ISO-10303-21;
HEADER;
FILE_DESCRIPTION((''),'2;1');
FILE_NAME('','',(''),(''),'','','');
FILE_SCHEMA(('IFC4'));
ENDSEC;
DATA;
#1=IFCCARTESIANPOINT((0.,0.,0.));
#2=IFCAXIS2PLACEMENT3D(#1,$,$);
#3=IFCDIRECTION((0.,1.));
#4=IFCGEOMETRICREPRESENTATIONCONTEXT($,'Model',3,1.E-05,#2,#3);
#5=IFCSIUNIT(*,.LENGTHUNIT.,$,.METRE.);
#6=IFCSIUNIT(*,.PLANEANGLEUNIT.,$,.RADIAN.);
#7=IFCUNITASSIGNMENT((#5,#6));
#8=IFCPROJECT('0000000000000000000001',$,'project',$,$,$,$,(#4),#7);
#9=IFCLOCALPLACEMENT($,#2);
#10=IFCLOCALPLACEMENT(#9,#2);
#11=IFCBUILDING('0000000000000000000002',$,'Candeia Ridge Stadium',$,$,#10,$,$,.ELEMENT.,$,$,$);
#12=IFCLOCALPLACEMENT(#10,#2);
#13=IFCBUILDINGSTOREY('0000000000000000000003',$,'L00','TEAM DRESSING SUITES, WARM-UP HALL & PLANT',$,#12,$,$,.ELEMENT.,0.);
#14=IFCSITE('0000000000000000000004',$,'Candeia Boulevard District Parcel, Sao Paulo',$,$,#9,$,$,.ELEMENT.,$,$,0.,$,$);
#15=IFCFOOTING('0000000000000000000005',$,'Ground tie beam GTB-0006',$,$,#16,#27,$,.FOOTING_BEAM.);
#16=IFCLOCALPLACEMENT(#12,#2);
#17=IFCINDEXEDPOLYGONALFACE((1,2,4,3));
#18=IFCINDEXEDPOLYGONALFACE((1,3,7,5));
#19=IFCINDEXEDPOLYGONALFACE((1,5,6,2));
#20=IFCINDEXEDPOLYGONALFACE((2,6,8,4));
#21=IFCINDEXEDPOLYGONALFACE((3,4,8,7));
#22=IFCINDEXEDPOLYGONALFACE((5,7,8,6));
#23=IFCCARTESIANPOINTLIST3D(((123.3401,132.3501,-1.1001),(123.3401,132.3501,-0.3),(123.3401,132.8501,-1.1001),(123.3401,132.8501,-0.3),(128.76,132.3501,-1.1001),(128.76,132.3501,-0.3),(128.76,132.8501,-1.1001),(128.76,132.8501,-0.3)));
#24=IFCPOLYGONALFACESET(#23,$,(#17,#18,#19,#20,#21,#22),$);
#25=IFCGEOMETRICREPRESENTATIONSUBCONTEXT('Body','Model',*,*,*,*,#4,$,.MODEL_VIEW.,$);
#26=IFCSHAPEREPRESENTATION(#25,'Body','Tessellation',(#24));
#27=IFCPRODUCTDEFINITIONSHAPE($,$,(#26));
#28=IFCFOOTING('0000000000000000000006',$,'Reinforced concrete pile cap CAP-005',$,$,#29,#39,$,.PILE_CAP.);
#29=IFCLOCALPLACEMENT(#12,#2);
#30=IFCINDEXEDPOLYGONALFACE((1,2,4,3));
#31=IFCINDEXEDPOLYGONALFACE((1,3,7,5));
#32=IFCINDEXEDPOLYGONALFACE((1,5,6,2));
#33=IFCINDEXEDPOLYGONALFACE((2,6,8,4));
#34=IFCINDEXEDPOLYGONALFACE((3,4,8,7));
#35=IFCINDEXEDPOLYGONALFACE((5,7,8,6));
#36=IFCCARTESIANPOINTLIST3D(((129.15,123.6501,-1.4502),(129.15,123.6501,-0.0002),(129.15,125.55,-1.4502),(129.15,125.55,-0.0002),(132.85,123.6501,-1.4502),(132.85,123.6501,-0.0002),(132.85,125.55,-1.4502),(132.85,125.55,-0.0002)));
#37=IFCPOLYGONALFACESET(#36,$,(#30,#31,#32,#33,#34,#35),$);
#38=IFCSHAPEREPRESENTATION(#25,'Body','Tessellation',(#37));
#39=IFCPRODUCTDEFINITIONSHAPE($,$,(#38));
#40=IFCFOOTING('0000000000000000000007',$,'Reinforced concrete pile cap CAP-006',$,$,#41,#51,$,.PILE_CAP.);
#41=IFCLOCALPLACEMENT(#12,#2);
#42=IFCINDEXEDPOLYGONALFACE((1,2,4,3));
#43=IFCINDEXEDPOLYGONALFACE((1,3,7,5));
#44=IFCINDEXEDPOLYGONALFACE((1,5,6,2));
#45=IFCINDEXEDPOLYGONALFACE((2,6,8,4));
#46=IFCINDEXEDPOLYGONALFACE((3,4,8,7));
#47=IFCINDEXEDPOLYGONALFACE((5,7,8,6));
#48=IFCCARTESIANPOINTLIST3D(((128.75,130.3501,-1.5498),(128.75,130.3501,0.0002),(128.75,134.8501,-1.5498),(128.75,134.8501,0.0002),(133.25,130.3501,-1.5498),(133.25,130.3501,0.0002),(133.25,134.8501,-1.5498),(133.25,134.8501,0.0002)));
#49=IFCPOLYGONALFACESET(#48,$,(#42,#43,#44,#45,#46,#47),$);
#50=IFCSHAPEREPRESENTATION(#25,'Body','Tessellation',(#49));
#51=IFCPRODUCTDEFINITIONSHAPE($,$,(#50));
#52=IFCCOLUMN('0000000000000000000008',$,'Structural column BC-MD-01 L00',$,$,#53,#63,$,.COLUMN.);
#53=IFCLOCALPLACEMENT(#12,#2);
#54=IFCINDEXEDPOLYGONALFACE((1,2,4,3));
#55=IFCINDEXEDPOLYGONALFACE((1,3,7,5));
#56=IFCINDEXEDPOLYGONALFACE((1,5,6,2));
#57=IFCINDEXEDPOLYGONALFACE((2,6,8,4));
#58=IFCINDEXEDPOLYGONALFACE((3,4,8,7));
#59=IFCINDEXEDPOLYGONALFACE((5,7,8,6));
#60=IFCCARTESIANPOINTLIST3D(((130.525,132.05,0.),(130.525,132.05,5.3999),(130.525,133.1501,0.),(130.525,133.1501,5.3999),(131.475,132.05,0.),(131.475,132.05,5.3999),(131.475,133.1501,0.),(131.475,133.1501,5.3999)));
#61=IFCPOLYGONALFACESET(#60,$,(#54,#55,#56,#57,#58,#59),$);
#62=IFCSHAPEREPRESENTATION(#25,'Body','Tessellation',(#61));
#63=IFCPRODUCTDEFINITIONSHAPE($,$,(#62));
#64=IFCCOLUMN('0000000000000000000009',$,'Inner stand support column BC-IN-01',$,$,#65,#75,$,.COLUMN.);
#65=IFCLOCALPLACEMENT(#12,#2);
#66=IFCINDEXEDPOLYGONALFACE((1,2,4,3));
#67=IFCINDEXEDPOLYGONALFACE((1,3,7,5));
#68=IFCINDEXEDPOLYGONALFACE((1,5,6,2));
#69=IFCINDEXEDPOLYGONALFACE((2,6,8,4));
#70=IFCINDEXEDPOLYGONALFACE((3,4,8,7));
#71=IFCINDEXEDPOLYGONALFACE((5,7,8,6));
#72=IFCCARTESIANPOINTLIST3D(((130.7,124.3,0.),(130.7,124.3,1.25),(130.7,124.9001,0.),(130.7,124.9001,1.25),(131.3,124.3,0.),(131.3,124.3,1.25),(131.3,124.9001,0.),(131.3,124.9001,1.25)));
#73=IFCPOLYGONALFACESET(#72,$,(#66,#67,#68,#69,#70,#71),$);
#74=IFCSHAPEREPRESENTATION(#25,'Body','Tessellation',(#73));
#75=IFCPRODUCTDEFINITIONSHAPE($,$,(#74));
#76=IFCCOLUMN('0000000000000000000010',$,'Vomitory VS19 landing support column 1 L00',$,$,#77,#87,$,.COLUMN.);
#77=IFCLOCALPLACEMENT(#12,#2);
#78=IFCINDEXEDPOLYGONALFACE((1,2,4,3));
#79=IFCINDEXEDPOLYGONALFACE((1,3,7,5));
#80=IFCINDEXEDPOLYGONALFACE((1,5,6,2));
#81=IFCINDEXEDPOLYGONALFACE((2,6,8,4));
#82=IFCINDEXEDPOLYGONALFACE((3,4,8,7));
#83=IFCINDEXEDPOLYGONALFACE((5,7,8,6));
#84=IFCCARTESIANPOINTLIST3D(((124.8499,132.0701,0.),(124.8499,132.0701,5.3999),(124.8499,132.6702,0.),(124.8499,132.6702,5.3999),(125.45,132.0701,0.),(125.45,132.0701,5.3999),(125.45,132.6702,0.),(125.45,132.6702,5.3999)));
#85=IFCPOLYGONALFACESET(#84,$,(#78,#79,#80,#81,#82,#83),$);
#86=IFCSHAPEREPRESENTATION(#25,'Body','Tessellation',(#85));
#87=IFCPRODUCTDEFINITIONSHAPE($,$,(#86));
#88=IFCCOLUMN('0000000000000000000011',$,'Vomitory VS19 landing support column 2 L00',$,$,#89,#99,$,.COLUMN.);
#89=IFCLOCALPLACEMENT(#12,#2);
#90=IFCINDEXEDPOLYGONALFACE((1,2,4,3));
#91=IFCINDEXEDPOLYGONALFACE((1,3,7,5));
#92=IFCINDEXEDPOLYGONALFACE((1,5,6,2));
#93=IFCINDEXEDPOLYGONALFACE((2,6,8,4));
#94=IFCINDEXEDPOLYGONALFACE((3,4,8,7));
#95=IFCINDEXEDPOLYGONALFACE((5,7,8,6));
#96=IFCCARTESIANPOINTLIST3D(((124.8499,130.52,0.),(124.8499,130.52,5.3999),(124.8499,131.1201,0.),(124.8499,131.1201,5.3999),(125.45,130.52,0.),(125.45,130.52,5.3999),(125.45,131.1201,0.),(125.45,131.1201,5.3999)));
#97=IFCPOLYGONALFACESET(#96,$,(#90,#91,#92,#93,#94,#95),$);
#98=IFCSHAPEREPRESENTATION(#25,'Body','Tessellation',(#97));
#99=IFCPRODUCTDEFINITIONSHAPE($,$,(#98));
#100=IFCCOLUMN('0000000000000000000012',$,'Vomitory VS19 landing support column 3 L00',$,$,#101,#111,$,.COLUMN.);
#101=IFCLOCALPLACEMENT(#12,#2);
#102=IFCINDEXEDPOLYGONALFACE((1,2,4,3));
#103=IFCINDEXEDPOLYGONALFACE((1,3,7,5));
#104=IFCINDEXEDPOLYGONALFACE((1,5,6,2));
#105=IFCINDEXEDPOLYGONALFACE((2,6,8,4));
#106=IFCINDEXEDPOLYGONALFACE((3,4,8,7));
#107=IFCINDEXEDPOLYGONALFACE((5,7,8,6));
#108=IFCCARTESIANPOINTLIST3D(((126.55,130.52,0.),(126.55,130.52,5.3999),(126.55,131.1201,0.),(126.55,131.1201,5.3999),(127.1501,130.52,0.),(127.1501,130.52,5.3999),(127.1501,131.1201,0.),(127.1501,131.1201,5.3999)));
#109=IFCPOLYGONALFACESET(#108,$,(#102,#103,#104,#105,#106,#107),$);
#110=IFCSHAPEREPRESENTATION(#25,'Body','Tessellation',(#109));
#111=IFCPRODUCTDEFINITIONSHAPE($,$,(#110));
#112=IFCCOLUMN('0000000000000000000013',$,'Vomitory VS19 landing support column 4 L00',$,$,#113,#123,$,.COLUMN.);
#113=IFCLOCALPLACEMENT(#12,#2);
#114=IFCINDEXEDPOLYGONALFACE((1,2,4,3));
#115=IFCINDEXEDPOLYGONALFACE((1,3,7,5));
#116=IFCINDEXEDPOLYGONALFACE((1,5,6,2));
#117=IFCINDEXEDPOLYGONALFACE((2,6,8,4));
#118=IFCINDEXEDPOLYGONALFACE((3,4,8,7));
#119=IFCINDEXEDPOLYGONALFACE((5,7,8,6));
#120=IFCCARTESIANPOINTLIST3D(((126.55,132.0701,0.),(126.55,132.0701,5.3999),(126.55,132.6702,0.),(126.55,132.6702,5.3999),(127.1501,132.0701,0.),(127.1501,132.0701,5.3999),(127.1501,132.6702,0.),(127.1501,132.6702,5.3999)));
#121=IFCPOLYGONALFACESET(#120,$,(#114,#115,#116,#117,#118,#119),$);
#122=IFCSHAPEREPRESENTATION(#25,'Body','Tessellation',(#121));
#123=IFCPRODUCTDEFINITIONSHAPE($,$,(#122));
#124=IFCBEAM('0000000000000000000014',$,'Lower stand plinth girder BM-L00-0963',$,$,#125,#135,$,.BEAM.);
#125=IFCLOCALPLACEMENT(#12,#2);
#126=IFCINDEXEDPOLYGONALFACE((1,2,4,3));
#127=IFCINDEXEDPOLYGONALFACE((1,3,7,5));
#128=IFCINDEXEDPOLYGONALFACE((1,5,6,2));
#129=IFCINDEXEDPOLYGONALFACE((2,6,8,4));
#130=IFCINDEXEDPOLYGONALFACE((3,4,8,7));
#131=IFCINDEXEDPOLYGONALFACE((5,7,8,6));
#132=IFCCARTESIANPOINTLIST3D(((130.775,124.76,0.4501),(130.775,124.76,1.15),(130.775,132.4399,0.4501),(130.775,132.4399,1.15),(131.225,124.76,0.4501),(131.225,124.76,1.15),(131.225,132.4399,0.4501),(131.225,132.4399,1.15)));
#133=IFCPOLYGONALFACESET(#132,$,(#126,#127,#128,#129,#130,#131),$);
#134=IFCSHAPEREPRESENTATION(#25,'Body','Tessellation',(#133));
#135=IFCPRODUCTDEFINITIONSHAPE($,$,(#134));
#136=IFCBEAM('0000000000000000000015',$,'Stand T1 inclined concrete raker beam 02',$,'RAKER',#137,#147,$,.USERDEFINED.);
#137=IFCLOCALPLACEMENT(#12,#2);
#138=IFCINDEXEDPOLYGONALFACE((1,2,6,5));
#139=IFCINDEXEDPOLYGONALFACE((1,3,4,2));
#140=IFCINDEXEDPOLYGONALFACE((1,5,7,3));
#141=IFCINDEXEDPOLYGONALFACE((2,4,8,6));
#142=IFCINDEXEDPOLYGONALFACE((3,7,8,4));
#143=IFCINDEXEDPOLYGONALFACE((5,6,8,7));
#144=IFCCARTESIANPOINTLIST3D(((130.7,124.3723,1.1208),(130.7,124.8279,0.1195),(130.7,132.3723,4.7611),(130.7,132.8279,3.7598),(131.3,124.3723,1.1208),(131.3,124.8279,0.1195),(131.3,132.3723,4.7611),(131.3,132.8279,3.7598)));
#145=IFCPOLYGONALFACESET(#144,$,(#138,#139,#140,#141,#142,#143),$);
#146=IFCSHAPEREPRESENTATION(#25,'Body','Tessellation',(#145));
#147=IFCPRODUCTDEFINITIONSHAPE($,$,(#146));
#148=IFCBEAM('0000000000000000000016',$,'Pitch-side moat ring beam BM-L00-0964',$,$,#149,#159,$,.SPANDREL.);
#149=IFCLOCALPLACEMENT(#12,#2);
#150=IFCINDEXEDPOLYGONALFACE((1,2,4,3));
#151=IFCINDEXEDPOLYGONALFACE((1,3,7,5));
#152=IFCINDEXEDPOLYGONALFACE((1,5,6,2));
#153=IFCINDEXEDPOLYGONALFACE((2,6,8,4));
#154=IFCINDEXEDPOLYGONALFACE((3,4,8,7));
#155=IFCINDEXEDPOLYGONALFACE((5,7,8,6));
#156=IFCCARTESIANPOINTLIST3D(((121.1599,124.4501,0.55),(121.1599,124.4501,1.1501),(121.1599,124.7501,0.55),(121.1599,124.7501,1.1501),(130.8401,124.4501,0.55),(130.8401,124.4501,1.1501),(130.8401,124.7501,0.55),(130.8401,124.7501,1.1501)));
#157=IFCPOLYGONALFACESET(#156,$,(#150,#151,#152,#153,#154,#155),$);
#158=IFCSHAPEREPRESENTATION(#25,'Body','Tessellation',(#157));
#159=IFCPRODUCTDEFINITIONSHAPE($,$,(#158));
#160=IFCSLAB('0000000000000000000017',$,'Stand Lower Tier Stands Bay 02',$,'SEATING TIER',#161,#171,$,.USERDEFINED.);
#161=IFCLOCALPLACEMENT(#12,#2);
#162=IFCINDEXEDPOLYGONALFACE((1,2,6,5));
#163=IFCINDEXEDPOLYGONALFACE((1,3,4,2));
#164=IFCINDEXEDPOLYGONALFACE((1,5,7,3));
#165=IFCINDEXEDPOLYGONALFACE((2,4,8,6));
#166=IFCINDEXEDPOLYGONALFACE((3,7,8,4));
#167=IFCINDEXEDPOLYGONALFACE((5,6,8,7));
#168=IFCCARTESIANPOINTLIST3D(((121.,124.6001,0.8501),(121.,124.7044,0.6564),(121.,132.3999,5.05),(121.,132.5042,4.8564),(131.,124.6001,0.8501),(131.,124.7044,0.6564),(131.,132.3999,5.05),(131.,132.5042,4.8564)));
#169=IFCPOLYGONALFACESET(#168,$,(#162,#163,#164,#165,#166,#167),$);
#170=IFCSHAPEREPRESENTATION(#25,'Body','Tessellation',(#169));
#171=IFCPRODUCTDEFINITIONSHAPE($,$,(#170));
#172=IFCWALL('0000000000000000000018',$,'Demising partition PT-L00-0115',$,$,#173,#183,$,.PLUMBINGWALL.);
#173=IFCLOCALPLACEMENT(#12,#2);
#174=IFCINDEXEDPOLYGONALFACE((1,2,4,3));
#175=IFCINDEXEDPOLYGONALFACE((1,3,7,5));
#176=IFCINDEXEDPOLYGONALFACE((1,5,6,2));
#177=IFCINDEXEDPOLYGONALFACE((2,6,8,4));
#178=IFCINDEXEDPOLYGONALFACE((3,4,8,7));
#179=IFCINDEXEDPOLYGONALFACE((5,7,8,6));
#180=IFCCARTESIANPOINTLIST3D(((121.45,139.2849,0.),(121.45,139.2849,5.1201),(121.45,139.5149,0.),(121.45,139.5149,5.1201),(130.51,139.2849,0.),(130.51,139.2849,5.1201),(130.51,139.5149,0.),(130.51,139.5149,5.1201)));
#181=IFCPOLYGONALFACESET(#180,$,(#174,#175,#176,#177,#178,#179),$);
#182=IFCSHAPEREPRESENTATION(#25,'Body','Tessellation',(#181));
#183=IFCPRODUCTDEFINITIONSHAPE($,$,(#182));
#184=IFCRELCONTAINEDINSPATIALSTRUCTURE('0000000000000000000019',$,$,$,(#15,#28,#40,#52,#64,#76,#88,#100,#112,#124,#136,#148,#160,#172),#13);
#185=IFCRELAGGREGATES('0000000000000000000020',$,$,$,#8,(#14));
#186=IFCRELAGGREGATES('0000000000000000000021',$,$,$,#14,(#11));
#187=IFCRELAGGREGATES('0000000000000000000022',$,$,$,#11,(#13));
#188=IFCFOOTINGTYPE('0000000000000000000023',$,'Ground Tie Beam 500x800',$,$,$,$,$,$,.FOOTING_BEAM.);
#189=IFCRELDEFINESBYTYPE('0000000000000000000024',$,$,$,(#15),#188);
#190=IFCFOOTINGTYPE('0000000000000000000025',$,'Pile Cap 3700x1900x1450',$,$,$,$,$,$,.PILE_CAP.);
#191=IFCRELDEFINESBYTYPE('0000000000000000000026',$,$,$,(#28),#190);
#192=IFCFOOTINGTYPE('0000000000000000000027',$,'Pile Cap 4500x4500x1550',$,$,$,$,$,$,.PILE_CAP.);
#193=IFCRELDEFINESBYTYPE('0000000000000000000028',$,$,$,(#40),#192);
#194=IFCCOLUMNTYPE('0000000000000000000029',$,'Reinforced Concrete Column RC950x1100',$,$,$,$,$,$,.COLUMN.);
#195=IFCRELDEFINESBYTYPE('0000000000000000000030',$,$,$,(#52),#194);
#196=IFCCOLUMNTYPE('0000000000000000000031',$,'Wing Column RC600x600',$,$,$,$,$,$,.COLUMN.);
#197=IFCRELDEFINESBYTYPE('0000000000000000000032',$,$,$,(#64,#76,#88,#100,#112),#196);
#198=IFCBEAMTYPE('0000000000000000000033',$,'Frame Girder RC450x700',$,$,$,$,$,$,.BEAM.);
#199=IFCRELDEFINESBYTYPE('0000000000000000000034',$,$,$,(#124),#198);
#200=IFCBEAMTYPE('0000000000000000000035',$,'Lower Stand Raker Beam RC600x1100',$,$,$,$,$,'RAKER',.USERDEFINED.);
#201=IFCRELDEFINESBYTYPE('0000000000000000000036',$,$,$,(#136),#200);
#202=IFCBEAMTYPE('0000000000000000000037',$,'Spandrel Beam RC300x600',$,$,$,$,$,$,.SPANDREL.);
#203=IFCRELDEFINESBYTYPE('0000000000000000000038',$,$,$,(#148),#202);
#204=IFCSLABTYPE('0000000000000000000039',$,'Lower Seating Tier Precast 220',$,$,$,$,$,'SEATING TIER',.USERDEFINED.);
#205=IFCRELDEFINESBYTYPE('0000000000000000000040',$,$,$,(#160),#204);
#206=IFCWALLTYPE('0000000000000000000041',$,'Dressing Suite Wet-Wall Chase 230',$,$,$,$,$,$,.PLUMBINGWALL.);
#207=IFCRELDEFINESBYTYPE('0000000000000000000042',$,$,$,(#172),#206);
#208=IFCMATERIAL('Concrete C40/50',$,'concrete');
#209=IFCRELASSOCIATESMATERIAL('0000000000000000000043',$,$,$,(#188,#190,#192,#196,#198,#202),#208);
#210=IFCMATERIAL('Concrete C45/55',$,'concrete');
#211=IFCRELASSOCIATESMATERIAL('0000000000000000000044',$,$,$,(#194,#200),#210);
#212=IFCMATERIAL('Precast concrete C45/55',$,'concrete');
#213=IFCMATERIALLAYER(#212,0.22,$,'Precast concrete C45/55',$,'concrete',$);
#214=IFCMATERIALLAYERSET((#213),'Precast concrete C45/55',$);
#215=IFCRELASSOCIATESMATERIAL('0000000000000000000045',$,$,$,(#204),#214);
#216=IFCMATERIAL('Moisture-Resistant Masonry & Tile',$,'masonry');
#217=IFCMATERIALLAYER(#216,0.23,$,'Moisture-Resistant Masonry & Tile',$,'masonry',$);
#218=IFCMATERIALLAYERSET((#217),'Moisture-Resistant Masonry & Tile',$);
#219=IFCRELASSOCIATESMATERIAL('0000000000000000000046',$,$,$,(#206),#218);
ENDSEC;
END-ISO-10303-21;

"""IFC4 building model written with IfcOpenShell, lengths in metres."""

from ifc_helpers import new_model, si_unit, direction, frame, frame_2d, origin, origin_2d, place, context, subcontext, project, spatial, polyline, rectangle, outline, extrude, material, layer, layer_set, material_profile, profile_set, type_object, element, save


model = new_model("IFC4")

# Units and contexts
model_context = context("Model", 3, precision=1e-05, world=origin(), true_north=direction((0.0, 1.0)))
body_context = subcontext(model_context, "Body", "Model", "MODEL_VIEW")
ifc_project = project(units=[si_unit("LENGTHUNIT", "METRE"), si_unit("PLANEANGLEUNIT", "RADIAN")], contexts=[model_context])

# Site, building, storey
site_placement = place(None, origin())
site = spatial("IfcSite", under=ifc_project, at=site_placement, Name="Candeia Boulevard District Parcel, Sao Paulo", CompositionType="ELEMENT", RefElevation=0.0)
building_placement = place(site_placement, origin())
building = spatial("IfcBuilding", under=site, at=building_placement, Name="Candeia Ridge Stadium", CompositionType="ELEMENT")
storey_placement = place(building_placement, origin())
storey = spatial("IfcBuildingStorey", under=building, at=storey_placement, Name="L00", Description="TEAM DRESSING SUITES, WARM-UP HALL & PLANT", CompositionType="ELEMENT", Elevation=0.0)

# Shared definitions
ifc_material_1 = material(Name="Concrete C40/50", Category="concrete")

# Footings
footing_type_1 = type_object("IfcFootingType", Name="Ground Tie Beam 500x800", PredefinedType="FOOTING_BEAM", material=ifc_material_1)
footing_1_placement = place(storey_placement, frame((126.05, 132.6001, -1.1001), z_axis=(0.0, 0.0, 1.0), x_axis=(-1.0, 0.0, 0.0)))
element("IfcFooting", 1, at=footing_1_placement, inside=storey, type_object=footing_type_1, Name="Ground tie beam GTB-0006", PredefinedType="FOOTING_BEAM", context=body_context, shape_type="SweptSolid", body=[
    extrude(rectangle(XDim=5.4199, YDim=0.5, at=origin_2d()), origin(), (0.0, 0.0, 1.0), 0.8),
])
footing_type_2 = type_object("IfcFootingType", Name="Pile Cap 3700x1900x1450", PredefinedType="PILE_CAP", material=ifc_material_1)
footing_2_placement = place(storey_placement, frame((131.0, 124.6001, -1.4502), z_axis=(0.0, 0.0, 1.0), x_axis=(1.0, 0.0, 0.0)))
element("IfcFooting", 2, at=footing_2_placement, inside=storey, type_object=footing_type_2, Name="Reinforced concrete pile cap CAP-005", PredefinedType="PILE_CAP", context=body_context, shape_type="SweptSolid", body=[
    extrude(rectangle(XDim=3.7, YDim=1.8999, at=origin_2d()), origin(), (0.0, 0.0, 1.0), 1.45),
])
footing_type_3 = type_object("IfcFootingType", Name="Pile Cap 4500x4500x1550", PredefinedType="PILE_CAP", material=ifc_material_1)
footing_3_placement = place(storey_placement, frame((131.0, 132.6001, -1.5498), z_axis=(0.0, 0.0, 1.0), x_axis=(1.0, 0.0, 0.0)))
element("IfcFooting", 3, at=footing_3_placement, inside=storey, type_object=footing_type_3, Name="Reinforced concrete pile cap CAP-006", PredefinedType="PILE_CAP", context=body_context, shape_type="SweptSolid", body=[
    extrude(rectangle(XDim=4.5, YDim=4.5, at=origin_2d()), origin(), (0.0, 0.0, 1.0), 1.55),
])

# Columns
ifc_material_2 = material(Name="Concrete C45/55", Category="concrete")
ifc_material_profile_1 = material_profile(ifc_material_2, rectangle(XDim=0.95, YDim=1.1001, at=origin_2d()), Name="RC950x1100", Category="concrete")
ifc_profile_set_1 = profile_set([ifc_material_profile_1], Name="Concrete C45/55")
column_type_1 = type_object("IfcColumnType", Name="Reinforced Concrete Column RC950x1100", PredefinedType="COLUMN", material=ifc_profile_set_1)
column_1_placement = place(storey_placement, frame((131.0, 132.6001, 0.0), z_axis=(0.0, 0.0, 1.0), x_axis=(1.0, 0.0, 0.0)))
element("IfcColumn", 4, at=column_1_placement, inside=storey, type_object=column_type_1, Name="Structural column BC-MD-01 L00", PredefinedType="COLUMN", context=body_context, shape_type="SweptSolid", body=[
    extrude(rectangle(XDim=0.95, YDim=1.1001, at=origin_2d()), origin(), (0.0, 0.0, 1.0), 5.3999),
])
ifc_material_profile_2 = material_profile(ifc_material_1, rectangle(XDim=0.6001, YDim=0.6001, at=origin_2d()), Name="RC600x600", Category="concrete")
ifc_profile_set_2 = profile_set([ifc_material_profile_2], Name="Concrete C40/50")
column_type_2 = type_object("IfcColumnType", Name="Wing Column RC600x600", PredefinedType="COLUMN", material=ifc_profile_set_2)
column_2_placement = place(storey_placement, frame((131.0, 124.6001, 0.0), z_axis=(0.0, 0.0, 1.0), x_axis=(1.0, 0.0, 0.0)))
element("IfcColumn", 5, at=column_2_placement, inside=storey, type_object=column_type_2, Name="Inner stand support column BC-IN-01", PredefinedType="COLUMN", context=body_context, shape_type="SweptSolid", body=[
    extrude(rectangle(XDim=0.6001, YDim=0.6001, at=origin_2d()), origin(), (0.0, 0.0, 1.0), 1.25),
])
for number, where, z_axis, x_axis, name in (
    (6, (125.1499, 132.3701, 0.0), (0.0, 0.0, 1.0), (1.0, 0.0, 0.0), "Vomitory VS19 landing support column 1 L00"),
    (7, (125.1499, 130.8201, 0.0), (0.0, 0.0, 1.0), (1.0, 0.0, 0.0), "Vomitory VS19 landing support column 2 L00"),
    (8, (126.8501, 130.8201, 0.0), (0.0, 0.0, 1.0), (1.0, 0.0, 0.0), "Vomitory VS19 landing support column 3 L00"),
    (9, (126.8501, 132.3701, 0.0), (0.0, 0.0, 1.0), (1.0, 0.0, 0.0), "Vomitory VS19 landing support column 4 L00"),
):
    element("IfcColumn", number, at=place(storey_placement, frame(where, z_axis=z_axis, x_axis=x_axis)), inside=storey, type_object=column_type_2, Name=name, PredefinedType="COLUMN", context=body_context, shape_type="SweptSolid", body=[
        extrude(rectangle(XDim=0.6001, YDim=0.6001, at=origin_2d()), origin(), (0.0, 0.0, 1.0), 5.3999),
    ])

# Beams
ifc_material_profile_3 = material_profile(ifc_material_1, rectangle(XDim=0.45, YDim=0.7, at=origin_2d()), Name="RC450x700", Category="concrete")
ifc_profile_set_3 = profile_set([ifc_material_profile_3], Name="Concrete C40/50")
beam_type_1 = type_object("IfcBeamType", Name="Frame Girder RC450x700", PredefinedType="BEAM", material=ifc_profile_set_3)
beam_1_placement = place(storey_placement, frame((131.0, 124.76, 0.8), z_axis=(0.0, 1.0, 0.0), x_axis=(-1.0, 0.0, 0.0)))
element("IfcBeam", 10, at=beam_1_placement, inside=storey, type_object=beam_type_1, Name="Lower stand plinth girder BM-L00-0963", PredefinedType="BEAM", context=body_context, shape_type="SweptSolid", body=[
    extrude(rectangle(XDim=0.45, YDim=0.7, at=origin_2d()), origin(), (0.0, 0.0, 1.0), 7.6799),
])
ifc_material_profile_4 = material_profile(ifc_material_2, rectangle(XDim=0.6001, YDim=1.1001, at=origin_2d()), Name="RC600x1100", Category="concrete")
ifc_profile_set_4 = profile_set([ifc_material_profile_4], Name="Concrete C45/55")
beam_type_2 = type_object("IfcBeamType", Name="Lower Stand Raker Beam RC600x1100", ElementType="RAKER", PredefinedType="USERDEFINED", material=ifc_profile_set_4)
beam_2_placement = place(storey_placement, frame((131.0, 124.6001, 0.6201), z_axis=(0.0, 0.910194, 0.414182), x_axis=(-1.0, 0.0, 0.0)))
element("IfcBeam", 11, at=beam_2_placement, inside=storey, type_object=beam_type_2, Name="Stand T1 inclined concrete raker beam 02", ObjectType="RAKER", PredefinedType="USERDEFINED", context=body_context, shape_type="SweptSolid", body=[
    extrude(rectangle(XDim=0.6001, YDim=1.1001, at=origin_2d()), origin(), (0.0, 0.0, 1.0), 8.7893),
])
ifc_material_profile_5 = material_profile(ifc_material_1, rectangle(XDim=0.3, YDim=0.6001, at=origin_2d()), Name="RC300x600", Category="concrete")
ifc_profile_set_5 = profile_set([ifc_material_profile_5], Name="Concrete C40/50")
beam_type_3 = type_object("IfcBeamType", Name="Spandrel Beam RC300x600", PredefinedType="SPANDREL", material=ifc_profile_set_5)
beam_3_placement = place(storey_placement, frame((130.8401, 124.6001, 0.8501), z_axis=(-1.0, 0.0, 0.0), x_axis=(0.0, -1.0, 0.0)))
element("IfcBeam", 12, at=beam_3_placement, inside=storey, type_object=beam_type_3, Name="Pitch-side moat ring beam BM-L00-0964", PredefinedType="SPANDREL", context=body_context, shape_type="SweptSolid", body=[
    extrude(rectangle(XDim=0.3, YDim=0.6001, at=origin_2d()), origin(), (0.0, 0.0, 1.0), 9.6802),
])

# Slab
ifc_material_3 = material(Name="Precast concrete C45/55", Category="concrete")
ifc_layer_1 = layer(ifc_material_3, 0.22, Name="Precast concrete C45/55", Category="concrete")
ifc_layer_set_1 = layer_set([ifc_layer_1], Name="Precast concrete C45/55")
slab_type = type_object("IfcSlabType", Name="Lower Seating Tier Precast 220", ElementType="SEATING TIER", PredefinedType="USERDEFINED", material=ifc_layer_set_1)
slab_placement = place(storey_placement, frame((131.0, 124.6001, 0.8501), z_axis=(0.0, -0.474105, 0.880468), x_axis=(-1.0, 0.0, 0.0)))
element("IfcSlab", 13, at=slab_placement, inside=storey, type_object=slab_type, Name="Stand Lower Tier Stands Bay 02", ObjectType="SEATING TIER", PredefinedType="USERDEFINED", context=body_context, shape_type="SweptSolid", body=[
    extrude(outline(polyline([(0.0, 0.0), (10.0, 0.0), (10.0, -8.8587), (0.0, -8.8587), (0.0, 0.0)])), origin(), (0.0, 0.0, -1.0), 0.22),
])

# Wall
ifc_material_4 = material(Name="Moisture-Resistant Masonry & Tile", Category="masonry")
ifc_layer_2 = layer(ifc_material_4, 0.23, Name="Moisture-Resistant Masonry & Tile", Category="masonry")
ifc_layer_set_2 = layer_set([ifc_layer_2], Name="Moisture-Resistant Masonry & Tile")
wall_type_1 = type_object("IfcWallType", Name="Dressing Suite Wet-Wall Chase 230", PredefinedType="PLUMBINGWALL", material=ifc_layer_set_2)
wall_1_placement = place(storey_placement, frame((121.45, 139.3999, 0.0), z_axis=(0.0, 0.0, 1.0), x_axis=(1.0, 0.0, 0.0)))
element("IfcWall", 14, at=wall_1_placement, inside=storey, type_object=wall_type_1, Name="Demising partition PT-L00-0115", PredefinedType="PLUMBINGWALL", context=body_context, shape_type="SweptSolid", body=[
    extrude(rectangle(XDim=9.0601, YDim=0.23, at=frame_2d((4.53, 0.0))), origin(), (0.0, 0.0, 1.0), 5.1201),
])

save(model, "model.ifc")
